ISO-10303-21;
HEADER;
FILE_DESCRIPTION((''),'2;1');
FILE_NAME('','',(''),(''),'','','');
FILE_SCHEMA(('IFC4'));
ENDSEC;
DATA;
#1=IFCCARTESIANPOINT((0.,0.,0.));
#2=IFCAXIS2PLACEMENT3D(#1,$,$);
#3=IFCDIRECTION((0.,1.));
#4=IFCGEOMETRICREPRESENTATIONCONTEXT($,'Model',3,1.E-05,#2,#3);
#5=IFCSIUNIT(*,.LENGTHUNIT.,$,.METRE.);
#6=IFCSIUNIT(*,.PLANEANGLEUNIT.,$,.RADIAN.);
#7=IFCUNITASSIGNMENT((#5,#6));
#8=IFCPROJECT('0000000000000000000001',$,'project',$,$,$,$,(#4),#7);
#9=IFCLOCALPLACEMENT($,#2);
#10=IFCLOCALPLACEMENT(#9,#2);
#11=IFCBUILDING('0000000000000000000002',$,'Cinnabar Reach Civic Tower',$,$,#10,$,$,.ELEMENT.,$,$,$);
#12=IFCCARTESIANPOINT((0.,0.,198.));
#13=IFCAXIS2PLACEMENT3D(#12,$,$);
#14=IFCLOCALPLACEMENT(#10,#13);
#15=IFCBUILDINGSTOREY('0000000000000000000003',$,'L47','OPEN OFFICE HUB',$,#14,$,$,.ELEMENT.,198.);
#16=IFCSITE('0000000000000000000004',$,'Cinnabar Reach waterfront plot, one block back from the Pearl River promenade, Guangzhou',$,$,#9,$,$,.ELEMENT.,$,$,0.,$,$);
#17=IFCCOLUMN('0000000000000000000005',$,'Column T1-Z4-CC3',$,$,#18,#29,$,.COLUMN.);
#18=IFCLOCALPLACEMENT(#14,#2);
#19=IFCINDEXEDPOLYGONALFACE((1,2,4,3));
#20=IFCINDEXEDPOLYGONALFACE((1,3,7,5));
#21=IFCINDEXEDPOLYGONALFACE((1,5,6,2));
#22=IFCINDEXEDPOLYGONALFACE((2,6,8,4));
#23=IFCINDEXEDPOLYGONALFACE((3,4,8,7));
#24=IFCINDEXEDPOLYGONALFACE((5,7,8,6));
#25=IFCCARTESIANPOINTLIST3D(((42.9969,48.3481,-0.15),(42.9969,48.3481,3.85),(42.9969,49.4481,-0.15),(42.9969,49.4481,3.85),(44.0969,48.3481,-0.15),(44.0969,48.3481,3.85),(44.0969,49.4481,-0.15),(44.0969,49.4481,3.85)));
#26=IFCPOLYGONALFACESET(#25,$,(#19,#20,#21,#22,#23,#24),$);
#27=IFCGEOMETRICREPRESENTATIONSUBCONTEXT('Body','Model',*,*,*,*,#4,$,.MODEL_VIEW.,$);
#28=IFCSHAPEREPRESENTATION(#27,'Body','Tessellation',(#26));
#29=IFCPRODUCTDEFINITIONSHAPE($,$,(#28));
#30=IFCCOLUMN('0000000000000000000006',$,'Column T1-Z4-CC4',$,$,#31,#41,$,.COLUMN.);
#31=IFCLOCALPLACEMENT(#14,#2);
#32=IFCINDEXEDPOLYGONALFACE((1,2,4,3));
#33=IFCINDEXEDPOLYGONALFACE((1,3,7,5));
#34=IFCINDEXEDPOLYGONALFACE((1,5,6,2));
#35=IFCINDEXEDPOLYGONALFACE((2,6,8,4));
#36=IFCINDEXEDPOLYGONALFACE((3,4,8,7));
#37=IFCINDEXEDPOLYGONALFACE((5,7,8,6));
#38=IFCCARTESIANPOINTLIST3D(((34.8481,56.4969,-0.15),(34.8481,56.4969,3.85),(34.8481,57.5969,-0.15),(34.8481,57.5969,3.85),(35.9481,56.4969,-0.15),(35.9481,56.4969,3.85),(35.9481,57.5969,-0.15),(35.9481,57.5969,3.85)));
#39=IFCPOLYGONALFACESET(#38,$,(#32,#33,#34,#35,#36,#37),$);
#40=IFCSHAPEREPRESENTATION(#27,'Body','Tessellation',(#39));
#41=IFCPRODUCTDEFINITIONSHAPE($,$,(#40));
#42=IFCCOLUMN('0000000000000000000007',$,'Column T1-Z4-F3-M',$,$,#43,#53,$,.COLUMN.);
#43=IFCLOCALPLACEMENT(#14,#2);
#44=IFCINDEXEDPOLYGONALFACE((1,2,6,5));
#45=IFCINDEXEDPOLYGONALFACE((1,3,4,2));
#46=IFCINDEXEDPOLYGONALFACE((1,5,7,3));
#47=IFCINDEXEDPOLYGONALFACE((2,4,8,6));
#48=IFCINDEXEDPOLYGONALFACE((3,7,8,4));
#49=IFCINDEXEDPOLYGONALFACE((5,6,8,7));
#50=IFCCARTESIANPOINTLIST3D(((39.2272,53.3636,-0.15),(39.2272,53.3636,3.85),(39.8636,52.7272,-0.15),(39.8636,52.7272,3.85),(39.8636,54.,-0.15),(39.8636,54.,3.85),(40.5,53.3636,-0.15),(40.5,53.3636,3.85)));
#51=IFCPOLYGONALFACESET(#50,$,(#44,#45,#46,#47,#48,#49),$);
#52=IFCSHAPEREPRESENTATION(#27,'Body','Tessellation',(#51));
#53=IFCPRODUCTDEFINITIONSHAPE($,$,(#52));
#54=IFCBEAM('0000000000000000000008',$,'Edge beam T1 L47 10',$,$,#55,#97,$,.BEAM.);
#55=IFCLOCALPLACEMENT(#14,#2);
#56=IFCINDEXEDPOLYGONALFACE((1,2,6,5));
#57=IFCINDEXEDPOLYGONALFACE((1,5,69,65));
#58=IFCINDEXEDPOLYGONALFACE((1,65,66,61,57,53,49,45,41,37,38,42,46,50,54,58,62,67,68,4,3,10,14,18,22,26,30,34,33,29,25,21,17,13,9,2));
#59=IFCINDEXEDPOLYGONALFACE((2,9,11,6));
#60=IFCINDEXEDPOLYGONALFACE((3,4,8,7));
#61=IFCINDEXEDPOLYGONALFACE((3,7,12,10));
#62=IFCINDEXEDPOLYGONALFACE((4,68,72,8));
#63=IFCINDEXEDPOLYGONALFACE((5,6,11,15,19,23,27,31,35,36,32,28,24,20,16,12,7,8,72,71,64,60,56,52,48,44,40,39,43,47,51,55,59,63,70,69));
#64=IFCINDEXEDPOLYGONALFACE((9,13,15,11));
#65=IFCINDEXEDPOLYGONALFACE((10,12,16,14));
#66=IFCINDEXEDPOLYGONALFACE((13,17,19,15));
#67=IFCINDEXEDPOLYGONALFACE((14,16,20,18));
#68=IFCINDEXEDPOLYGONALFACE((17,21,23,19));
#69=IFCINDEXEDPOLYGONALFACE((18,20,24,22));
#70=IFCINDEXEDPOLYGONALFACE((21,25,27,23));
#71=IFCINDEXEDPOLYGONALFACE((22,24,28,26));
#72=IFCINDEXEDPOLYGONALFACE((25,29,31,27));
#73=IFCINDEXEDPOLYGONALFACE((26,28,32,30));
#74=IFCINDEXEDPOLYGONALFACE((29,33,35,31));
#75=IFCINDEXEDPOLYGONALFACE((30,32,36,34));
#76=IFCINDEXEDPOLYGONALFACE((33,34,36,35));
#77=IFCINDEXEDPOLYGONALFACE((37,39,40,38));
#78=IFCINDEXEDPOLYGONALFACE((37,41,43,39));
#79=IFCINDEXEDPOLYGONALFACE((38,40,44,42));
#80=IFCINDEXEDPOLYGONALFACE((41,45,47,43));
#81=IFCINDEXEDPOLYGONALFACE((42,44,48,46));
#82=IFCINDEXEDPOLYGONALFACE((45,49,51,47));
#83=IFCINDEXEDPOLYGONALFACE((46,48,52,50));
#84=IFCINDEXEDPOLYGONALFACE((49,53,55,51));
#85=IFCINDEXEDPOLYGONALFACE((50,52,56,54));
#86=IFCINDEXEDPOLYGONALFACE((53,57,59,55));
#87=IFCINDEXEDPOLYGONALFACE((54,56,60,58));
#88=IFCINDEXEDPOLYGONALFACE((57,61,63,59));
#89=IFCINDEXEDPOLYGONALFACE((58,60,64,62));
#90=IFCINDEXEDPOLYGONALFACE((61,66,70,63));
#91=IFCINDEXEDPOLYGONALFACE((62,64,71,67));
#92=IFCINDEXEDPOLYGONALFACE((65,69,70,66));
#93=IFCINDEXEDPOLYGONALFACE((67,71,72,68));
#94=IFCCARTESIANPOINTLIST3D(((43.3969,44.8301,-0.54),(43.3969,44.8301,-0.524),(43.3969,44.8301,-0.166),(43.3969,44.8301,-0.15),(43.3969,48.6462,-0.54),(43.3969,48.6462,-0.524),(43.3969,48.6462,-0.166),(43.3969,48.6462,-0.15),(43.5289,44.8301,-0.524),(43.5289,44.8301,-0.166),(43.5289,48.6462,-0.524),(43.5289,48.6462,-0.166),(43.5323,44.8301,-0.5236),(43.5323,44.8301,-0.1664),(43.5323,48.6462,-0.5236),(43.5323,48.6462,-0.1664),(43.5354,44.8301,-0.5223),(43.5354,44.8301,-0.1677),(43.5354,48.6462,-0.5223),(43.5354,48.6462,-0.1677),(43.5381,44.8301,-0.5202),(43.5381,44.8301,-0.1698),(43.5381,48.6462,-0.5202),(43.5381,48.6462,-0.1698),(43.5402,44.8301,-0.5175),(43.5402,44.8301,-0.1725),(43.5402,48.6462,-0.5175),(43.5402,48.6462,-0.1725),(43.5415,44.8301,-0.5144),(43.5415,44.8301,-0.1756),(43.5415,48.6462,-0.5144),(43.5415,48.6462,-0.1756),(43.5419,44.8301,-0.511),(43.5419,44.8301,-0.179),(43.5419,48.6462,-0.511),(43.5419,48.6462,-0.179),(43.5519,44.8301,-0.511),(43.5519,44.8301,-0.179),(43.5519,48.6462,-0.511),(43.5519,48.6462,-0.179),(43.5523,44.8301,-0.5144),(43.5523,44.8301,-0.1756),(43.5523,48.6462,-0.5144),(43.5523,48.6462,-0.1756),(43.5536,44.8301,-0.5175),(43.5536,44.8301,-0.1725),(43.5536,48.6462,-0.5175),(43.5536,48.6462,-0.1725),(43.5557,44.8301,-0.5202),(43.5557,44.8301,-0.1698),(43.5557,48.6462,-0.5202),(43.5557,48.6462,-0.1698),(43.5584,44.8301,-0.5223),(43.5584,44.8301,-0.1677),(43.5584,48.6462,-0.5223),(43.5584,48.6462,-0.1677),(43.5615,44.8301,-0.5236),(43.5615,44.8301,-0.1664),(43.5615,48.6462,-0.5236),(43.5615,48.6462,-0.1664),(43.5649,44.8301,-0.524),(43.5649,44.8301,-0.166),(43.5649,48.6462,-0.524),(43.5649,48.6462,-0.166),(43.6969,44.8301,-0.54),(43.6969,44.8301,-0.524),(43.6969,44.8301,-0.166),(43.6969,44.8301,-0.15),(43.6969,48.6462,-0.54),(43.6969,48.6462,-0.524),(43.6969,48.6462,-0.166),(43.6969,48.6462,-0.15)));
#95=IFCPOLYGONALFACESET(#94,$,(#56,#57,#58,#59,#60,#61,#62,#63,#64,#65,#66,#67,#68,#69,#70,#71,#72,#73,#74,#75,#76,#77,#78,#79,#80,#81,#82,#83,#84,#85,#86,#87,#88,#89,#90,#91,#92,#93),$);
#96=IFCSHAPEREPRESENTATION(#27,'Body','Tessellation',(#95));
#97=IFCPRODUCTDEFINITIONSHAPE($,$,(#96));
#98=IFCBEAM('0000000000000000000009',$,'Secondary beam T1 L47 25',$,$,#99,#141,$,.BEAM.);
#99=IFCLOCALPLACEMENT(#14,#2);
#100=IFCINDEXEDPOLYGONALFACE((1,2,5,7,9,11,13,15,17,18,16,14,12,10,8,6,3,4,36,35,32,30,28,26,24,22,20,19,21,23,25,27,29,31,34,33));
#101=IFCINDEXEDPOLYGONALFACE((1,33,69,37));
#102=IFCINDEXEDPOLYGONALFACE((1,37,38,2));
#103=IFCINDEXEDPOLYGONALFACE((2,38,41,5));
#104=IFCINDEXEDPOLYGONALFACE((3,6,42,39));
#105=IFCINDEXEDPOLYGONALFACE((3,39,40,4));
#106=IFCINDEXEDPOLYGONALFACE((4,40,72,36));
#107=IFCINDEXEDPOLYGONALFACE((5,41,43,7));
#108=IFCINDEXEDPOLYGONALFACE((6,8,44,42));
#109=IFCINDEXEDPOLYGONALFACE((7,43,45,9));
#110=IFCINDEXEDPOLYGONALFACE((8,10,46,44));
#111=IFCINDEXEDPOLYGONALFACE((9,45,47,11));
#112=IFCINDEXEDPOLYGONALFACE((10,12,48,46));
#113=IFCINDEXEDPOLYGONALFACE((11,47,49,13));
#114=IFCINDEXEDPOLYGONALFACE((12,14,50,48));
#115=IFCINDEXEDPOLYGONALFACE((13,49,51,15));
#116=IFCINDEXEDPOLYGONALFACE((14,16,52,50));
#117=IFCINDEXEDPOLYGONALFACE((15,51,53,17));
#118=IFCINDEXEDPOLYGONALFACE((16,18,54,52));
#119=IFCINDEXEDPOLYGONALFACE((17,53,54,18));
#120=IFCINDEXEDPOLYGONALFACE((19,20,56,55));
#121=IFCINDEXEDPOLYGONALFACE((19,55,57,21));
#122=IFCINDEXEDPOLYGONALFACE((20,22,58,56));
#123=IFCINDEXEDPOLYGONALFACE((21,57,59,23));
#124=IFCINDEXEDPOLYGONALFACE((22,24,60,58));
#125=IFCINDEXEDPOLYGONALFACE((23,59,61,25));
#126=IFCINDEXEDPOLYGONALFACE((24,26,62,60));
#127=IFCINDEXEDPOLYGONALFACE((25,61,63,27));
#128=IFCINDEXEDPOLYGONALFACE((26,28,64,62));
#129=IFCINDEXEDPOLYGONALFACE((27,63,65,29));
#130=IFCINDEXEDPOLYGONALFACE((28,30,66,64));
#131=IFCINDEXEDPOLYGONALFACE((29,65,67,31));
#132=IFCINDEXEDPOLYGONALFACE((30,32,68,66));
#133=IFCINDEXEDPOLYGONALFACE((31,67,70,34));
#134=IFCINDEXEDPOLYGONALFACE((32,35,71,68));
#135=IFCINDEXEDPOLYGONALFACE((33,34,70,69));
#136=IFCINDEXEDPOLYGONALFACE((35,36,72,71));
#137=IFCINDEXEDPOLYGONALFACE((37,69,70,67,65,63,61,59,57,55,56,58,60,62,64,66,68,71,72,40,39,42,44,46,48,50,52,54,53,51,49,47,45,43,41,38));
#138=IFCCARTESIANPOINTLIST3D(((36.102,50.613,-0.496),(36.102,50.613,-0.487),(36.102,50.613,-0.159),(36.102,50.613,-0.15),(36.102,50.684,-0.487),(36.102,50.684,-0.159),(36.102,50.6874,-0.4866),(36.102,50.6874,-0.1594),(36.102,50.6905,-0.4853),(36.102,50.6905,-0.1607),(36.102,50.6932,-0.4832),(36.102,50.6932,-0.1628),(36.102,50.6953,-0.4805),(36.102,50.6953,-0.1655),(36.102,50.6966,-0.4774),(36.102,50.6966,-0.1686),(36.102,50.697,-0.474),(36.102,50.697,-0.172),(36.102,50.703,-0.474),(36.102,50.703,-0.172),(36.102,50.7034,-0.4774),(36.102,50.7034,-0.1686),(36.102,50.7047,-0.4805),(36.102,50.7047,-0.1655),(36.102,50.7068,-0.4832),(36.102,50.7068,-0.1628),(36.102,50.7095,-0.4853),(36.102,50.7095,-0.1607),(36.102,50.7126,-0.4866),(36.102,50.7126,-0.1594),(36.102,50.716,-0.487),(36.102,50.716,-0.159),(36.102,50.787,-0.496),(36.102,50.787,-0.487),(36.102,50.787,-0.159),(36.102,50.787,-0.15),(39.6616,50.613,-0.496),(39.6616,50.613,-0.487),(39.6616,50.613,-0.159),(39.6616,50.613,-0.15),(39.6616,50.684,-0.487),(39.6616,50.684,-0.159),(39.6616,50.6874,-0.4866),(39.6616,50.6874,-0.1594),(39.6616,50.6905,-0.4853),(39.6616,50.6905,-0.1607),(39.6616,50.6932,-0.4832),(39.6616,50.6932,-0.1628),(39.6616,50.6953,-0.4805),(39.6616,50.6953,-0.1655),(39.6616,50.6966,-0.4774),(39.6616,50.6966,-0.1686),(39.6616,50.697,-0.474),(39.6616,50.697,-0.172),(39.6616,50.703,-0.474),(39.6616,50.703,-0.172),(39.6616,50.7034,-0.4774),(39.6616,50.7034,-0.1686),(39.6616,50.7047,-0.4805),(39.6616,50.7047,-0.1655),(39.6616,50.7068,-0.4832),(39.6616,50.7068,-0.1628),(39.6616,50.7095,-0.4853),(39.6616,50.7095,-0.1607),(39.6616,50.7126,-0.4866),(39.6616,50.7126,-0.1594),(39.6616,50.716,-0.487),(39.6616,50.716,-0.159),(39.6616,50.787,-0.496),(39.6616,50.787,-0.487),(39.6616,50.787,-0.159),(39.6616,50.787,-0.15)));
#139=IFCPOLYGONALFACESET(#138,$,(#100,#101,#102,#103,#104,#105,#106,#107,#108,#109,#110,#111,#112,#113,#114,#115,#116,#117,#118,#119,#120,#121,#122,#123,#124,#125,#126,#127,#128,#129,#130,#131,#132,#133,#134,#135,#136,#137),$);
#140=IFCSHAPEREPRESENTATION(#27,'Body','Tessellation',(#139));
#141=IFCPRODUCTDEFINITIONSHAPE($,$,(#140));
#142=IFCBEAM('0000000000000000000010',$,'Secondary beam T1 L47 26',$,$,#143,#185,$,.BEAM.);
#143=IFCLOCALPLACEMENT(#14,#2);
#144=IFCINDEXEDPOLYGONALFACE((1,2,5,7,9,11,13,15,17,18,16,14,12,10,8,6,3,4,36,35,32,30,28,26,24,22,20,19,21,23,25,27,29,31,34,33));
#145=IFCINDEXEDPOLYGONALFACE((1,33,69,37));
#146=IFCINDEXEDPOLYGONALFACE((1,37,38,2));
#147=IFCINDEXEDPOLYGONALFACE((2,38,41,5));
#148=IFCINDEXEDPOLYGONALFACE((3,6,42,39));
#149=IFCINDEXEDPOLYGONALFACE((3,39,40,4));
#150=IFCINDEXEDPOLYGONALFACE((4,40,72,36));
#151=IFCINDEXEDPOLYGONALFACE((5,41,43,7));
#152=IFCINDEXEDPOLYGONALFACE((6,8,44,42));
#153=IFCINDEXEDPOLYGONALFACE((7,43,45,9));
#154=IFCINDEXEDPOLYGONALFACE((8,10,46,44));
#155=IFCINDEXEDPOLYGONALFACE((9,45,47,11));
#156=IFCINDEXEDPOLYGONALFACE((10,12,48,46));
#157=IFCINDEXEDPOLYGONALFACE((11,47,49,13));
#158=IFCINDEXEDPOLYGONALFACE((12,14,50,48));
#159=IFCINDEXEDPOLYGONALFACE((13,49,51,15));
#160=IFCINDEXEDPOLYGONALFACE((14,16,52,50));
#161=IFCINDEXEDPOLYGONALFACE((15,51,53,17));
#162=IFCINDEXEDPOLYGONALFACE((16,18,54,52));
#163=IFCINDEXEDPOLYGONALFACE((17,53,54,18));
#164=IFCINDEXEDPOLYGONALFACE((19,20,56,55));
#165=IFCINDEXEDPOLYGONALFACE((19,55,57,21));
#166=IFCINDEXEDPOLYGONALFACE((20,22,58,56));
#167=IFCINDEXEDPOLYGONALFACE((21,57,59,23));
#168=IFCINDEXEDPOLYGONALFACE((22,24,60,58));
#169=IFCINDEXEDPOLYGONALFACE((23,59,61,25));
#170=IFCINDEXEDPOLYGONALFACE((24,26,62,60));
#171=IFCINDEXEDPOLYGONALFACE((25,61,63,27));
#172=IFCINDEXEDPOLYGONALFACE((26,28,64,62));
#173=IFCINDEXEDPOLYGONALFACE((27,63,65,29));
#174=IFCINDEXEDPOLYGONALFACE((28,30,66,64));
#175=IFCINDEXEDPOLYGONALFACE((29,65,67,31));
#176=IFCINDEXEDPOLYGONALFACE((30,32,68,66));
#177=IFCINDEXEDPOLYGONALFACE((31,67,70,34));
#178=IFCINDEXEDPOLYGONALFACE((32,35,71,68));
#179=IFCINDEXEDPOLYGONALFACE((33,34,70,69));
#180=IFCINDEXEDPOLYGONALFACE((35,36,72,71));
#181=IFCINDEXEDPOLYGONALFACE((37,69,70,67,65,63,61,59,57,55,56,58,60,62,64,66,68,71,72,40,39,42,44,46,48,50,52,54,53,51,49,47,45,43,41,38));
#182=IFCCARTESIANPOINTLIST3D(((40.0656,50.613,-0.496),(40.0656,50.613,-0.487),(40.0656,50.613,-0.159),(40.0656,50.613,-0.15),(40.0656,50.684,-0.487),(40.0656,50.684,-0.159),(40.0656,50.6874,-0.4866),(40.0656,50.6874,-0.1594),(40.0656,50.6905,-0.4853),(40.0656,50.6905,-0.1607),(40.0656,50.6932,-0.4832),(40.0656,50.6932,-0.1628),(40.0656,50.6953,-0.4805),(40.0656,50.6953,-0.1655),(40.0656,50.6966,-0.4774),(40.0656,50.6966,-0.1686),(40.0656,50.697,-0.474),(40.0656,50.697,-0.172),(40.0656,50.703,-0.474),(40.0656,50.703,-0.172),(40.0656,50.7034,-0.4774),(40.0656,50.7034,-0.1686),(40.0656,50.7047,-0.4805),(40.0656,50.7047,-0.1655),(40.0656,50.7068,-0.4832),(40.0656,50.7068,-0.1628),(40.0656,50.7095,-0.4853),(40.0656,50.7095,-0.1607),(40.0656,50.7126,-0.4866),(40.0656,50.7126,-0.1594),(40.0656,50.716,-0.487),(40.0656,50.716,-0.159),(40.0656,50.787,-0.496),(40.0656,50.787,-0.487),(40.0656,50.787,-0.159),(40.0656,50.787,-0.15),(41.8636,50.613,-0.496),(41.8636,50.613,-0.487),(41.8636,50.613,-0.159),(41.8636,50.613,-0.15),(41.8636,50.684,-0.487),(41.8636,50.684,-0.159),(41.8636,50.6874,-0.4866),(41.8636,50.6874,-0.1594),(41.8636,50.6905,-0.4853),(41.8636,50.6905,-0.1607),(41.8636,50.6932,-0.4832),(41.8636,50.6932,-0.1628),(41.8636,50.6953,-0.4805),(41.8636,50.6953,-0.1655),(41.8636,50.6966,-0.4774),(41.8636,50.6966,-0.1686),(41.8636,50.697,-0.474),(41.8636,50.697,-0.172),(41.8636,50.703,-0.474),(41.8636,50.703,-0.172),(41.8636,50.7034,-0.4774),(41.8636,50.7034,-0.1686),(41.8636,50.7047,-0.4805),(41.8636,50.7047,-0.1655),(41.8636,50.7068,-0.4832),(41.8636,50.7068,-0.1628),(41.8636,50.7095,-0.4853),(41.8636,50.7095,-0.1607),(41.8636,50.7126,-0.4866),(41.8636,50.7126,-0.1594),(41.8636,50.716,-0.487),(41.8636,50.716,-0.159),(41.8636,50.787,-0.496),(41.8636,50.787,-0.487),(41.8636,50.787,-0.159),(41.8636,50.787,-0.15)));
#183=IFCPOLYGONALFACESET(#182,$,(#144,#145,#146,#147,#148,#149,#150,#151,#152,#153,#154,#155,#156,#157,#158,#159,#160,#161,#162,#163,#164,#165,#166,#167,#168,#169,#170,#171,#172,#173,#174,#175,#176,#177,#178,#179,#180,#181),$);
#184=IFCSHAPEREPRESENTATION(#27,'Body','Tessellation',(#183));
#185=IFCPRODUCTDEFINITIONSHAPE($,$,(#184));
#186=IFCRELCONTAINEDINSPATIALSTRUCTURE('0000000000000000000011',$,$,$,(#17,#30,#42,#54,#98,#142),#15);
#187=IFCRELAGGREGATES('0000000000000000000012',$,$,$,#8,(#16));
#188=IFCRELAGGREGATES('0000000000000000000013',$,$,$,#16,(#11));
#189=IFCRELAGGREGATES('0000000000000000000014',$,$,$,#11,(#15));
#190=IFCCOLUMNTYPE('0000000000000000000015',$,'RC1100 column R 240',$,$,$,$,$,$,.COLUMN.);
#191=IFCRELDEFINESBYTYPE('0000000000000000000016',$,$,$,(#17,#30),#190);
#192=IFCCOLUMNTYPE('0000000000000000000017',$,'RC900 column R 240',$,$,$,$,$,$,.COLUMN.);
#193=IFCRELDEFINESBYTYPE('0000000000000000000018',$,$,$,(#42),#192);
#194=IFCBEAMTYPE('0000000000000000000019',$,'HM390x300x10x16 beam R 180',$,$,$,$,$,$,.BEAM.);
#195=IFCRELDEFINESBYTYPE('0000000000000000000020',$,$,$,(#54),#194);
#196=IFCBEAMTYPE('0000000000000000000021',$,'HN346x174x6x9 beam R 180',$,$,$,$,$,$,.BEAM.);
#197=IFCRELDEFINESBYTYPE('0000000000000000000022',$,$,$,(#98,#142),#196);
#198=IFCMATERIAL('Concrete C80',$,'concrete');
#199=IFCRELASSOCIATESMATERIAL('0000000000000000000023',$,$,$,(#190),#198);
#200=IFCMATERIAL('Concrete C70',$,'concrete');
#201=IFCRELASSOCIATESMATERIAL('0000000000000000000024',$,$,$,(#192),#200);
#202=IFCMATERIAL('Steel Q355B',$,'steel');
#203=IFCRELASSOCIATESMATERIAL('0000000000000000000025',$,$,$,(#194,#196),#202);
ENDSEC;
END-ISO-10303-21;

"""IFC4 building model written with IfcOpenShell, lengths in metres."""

from ifc_helpers import new_model, si_unit, direction, frame, origin, origin_2d, place, context, subcontext, project, spatial, rectangle, i_section, extrude, material, material_profile, profile_set, type_object, element, save


model = new_model("IFC4")

# Units and contexts
model_context = context("Model", 3, precision=1e-05, world=origin(), true_north=direction((0.0, 1.0)))
body_context = subcontext(model_context, "Body", "Model", "MODEL_VIEW")
ifc_project = project(units=[si_unit("LENGTHUNIT", "METRE"), si_unit("PLANEANGLEUNIT", "RADIAN")], contexts=[model_context])

# Site, building, storey
site_placement = place(None, origin())
site = spatial("IfcSite", under=ifc_project, at=site_placement, Name="Cinnabar Reach waterfront plot, one block back from the Pearl River promenade, Guangzhou", CompositionType="ELEMENT", RefElevation=0.0)
building_placement = place(site_placement, origin())
building = spatial("IfcBuilding", under=site, at=building_placement, Name="Cinnabar Reach Civic Tower", CompositionType="ELEMENT")
storey_placement = place(building_placement, frame((0.0, 0.0, 198.0)))
storey = spatial("IfcBuildingStorey", under=building, at=storey_placement, Name="L47", Description="OPEN OFFICE HUB", CompositionType="ELEMENT", Elevation=198.0)

# Columns
ifc_material_1 = material(Name="Concrete C80", Category="concrete")
ifc_material_profile_1 = material_profile(ifc_material_1, rectangle(XDim=1.1, YDim=1.1, at=origin_2d()), Name="RC1100")
ifc_profile_set_1 = profile_set([ifc_material_profile_1], Name="Concrete C80")
column_type_1 = type_object("IfcColumnType", Name="RC1100 column R 240", PredefinedType="COLUMN", material=ifc_profile_set_1)
for number, where, z_axis, x_axis, name in (
    (1, (43.5469, 48.8981, -0.15), (0.0, 0.0, 1.0), (1.0, 0.0, 0.0), "Column T1-Z4-CC3"),
    (2, (35.3981, 57.0469, -0.15), (0.0, 0.0, 1.0), (1.0, 0.0, 0.0), "Column T1-Z4-CC4"),
):
    element("IfcColumn", number, at=place(storey_placement, frame(where, z_axis=z_axis, x_axis=x_axis)), inside=storey, type_object=column_type_1, Name=name, PredefinedType="COLUMN", context=body_context, shape_type="SweptSolid", body=[
        extrude(rectangle(XDim=1.1, YDim=1.1, at=origin_2d()), origin(), (0.0, 0.0, 1.0), 4.0),
    ])
ifc_material_2 = material(Name="Concrete C70", Category="concrete")
ifc_material_profile_2 = material_profile(ifc_material_2, rectangle(XDim=0.9, YDim=0.9, at=origin_2d()), Name="RC900")
ifc_profile_set_2 = profile_set([ifc_material_profile_2], Name="Concrete C70")
column_type_2 = type_object("IfcColumnType", Name="RC900 column R 240", PredefinedType="COLUMN", material=ifc_profile_set_2)
column_placement = place(storey_placement, frame((39.8636, 53.3636, -0.15), z_axis=(0.0, 0.0, 1.0), x_axis=(0.707107, 0.707107, 0.0)))
element("IfcColumn", 3, at=column_placement, inside=storey, type_object=column_type_2, Name="Column T1-Z4-F3-M", PredefinedType="COLUMN", context=body_context, shape_type="SweptSolid", body=[
    extrude(rectangle(XDim=0.9, YDim=0.9, at=origin_2d()), origin(), (0.0, 0.0, 1.0), 4.0),
])

# Beams
ifc_material_3 = material(Name="Steel Q355B", Category="steel")
ifc_material_profile_3 = material_profile(ifc_material_3, i_section(OverallWidth=0.3, OverallDepth=0.39, WebThickness=0.01, FlangeThickness=0.016, FilletRadius=0.013, at=origin_2d()), Name="HM390x300x10x16")
ifc_profile_set_3 = profile_set([ifc_material_profile_3], Name="Steel Q355B")
beam_type_1 = type_object("IfcBeamType", Name="HM390x300x10x16 beam R 180", PredefinedType="BEAM", material=ifc_profile_set_3)
beam_1_placement = place(storey_placement, frame((43.5469, 44.8301, -0.345), z_axis=(0.0, 1.0, 0.0), x_axis=(-1.0, 0.0, 0.0)))
element("IfcBeam", 4, at=beam_1_placement, inside=storey, type_object=beam_type_1, Name="Edge beam T1 L47 10", PredefinedType="BEAM", context=body_context, shape_type="SweptSolid", body=[
    extrude(i_section(OverallWidth=0.3, OverallDepth=0.39, WebThickness=0.01, FlangeThickness=0.016, FilletRadius=0.013, at=origin_2d()), origin(), (0.0, 0.0, 1.0), 3.8161),
])
ifc_material_profile_4 = material_profile(ifc_material_3, i_section(OverallWidth=0.174, OverallDepth=0.346, WebThickness=0.006, FlangeThickness=0.009, FilletRadius=0.013, at=origin_2d()), Name="HN346x174x6x9")
ifc_profile_set_4 = profile_set([ifc_material_profile_4], Name="Steel Q355B")
beam_type_2 = type_object("IfcBeamType", Name="HN346x174x6x9 beam R 180", PredefinedType="BEAM", material=ifc_profile_set_4)
beam_2_placement = place(storey_placement, frame((36.102, 50.7, -0.323), z_axis=(1.0, 0.0, 0.0), x_axis=(0.0, 1.0, 0.0)))
element("IfcBeam", 5, at=beam_2_placement, inside=storey, type_object=beam_type_2, Name="Secondary beam T1 L47 25", PredefinedType="BEAM", context=body_context, shape_type="SweptSolid", body=[
    extrude(i_section(OverallWidth=0.174, OverallDepth=0.346, WebThickness=0.006, FlangeThickness=0.009, FilletRadius=0.013, at=origin_2d()), origin(), (0.0, 0.0, 1.0), 3.5596),
])
beam_3_placement = place(storey_placement, frame((40.0656, 50.7, -0.323), z_axis=(1.0, 0.0, 0.0), x_axis=(0.0, 1.0, 0.0)))
element("IfcBeam", 6, at=beam_3_placement, inside=storey, type_object=beam_type_2, Name="Secondary beam T1 L47 26", PredefinedType="BEAM", context=body_context, shape_type="SweptSolid", body=[
    extrude(i_section(OverallWidth=0.174, OverallDepth=0.346, WebThickness=0.006, FlangeThickness=0.009, FilletRadius=0.013, at=origin_2d()), origin(), (0.0, 0.0, 1.0), 1.798),
])

save(model, "model.ifc")
